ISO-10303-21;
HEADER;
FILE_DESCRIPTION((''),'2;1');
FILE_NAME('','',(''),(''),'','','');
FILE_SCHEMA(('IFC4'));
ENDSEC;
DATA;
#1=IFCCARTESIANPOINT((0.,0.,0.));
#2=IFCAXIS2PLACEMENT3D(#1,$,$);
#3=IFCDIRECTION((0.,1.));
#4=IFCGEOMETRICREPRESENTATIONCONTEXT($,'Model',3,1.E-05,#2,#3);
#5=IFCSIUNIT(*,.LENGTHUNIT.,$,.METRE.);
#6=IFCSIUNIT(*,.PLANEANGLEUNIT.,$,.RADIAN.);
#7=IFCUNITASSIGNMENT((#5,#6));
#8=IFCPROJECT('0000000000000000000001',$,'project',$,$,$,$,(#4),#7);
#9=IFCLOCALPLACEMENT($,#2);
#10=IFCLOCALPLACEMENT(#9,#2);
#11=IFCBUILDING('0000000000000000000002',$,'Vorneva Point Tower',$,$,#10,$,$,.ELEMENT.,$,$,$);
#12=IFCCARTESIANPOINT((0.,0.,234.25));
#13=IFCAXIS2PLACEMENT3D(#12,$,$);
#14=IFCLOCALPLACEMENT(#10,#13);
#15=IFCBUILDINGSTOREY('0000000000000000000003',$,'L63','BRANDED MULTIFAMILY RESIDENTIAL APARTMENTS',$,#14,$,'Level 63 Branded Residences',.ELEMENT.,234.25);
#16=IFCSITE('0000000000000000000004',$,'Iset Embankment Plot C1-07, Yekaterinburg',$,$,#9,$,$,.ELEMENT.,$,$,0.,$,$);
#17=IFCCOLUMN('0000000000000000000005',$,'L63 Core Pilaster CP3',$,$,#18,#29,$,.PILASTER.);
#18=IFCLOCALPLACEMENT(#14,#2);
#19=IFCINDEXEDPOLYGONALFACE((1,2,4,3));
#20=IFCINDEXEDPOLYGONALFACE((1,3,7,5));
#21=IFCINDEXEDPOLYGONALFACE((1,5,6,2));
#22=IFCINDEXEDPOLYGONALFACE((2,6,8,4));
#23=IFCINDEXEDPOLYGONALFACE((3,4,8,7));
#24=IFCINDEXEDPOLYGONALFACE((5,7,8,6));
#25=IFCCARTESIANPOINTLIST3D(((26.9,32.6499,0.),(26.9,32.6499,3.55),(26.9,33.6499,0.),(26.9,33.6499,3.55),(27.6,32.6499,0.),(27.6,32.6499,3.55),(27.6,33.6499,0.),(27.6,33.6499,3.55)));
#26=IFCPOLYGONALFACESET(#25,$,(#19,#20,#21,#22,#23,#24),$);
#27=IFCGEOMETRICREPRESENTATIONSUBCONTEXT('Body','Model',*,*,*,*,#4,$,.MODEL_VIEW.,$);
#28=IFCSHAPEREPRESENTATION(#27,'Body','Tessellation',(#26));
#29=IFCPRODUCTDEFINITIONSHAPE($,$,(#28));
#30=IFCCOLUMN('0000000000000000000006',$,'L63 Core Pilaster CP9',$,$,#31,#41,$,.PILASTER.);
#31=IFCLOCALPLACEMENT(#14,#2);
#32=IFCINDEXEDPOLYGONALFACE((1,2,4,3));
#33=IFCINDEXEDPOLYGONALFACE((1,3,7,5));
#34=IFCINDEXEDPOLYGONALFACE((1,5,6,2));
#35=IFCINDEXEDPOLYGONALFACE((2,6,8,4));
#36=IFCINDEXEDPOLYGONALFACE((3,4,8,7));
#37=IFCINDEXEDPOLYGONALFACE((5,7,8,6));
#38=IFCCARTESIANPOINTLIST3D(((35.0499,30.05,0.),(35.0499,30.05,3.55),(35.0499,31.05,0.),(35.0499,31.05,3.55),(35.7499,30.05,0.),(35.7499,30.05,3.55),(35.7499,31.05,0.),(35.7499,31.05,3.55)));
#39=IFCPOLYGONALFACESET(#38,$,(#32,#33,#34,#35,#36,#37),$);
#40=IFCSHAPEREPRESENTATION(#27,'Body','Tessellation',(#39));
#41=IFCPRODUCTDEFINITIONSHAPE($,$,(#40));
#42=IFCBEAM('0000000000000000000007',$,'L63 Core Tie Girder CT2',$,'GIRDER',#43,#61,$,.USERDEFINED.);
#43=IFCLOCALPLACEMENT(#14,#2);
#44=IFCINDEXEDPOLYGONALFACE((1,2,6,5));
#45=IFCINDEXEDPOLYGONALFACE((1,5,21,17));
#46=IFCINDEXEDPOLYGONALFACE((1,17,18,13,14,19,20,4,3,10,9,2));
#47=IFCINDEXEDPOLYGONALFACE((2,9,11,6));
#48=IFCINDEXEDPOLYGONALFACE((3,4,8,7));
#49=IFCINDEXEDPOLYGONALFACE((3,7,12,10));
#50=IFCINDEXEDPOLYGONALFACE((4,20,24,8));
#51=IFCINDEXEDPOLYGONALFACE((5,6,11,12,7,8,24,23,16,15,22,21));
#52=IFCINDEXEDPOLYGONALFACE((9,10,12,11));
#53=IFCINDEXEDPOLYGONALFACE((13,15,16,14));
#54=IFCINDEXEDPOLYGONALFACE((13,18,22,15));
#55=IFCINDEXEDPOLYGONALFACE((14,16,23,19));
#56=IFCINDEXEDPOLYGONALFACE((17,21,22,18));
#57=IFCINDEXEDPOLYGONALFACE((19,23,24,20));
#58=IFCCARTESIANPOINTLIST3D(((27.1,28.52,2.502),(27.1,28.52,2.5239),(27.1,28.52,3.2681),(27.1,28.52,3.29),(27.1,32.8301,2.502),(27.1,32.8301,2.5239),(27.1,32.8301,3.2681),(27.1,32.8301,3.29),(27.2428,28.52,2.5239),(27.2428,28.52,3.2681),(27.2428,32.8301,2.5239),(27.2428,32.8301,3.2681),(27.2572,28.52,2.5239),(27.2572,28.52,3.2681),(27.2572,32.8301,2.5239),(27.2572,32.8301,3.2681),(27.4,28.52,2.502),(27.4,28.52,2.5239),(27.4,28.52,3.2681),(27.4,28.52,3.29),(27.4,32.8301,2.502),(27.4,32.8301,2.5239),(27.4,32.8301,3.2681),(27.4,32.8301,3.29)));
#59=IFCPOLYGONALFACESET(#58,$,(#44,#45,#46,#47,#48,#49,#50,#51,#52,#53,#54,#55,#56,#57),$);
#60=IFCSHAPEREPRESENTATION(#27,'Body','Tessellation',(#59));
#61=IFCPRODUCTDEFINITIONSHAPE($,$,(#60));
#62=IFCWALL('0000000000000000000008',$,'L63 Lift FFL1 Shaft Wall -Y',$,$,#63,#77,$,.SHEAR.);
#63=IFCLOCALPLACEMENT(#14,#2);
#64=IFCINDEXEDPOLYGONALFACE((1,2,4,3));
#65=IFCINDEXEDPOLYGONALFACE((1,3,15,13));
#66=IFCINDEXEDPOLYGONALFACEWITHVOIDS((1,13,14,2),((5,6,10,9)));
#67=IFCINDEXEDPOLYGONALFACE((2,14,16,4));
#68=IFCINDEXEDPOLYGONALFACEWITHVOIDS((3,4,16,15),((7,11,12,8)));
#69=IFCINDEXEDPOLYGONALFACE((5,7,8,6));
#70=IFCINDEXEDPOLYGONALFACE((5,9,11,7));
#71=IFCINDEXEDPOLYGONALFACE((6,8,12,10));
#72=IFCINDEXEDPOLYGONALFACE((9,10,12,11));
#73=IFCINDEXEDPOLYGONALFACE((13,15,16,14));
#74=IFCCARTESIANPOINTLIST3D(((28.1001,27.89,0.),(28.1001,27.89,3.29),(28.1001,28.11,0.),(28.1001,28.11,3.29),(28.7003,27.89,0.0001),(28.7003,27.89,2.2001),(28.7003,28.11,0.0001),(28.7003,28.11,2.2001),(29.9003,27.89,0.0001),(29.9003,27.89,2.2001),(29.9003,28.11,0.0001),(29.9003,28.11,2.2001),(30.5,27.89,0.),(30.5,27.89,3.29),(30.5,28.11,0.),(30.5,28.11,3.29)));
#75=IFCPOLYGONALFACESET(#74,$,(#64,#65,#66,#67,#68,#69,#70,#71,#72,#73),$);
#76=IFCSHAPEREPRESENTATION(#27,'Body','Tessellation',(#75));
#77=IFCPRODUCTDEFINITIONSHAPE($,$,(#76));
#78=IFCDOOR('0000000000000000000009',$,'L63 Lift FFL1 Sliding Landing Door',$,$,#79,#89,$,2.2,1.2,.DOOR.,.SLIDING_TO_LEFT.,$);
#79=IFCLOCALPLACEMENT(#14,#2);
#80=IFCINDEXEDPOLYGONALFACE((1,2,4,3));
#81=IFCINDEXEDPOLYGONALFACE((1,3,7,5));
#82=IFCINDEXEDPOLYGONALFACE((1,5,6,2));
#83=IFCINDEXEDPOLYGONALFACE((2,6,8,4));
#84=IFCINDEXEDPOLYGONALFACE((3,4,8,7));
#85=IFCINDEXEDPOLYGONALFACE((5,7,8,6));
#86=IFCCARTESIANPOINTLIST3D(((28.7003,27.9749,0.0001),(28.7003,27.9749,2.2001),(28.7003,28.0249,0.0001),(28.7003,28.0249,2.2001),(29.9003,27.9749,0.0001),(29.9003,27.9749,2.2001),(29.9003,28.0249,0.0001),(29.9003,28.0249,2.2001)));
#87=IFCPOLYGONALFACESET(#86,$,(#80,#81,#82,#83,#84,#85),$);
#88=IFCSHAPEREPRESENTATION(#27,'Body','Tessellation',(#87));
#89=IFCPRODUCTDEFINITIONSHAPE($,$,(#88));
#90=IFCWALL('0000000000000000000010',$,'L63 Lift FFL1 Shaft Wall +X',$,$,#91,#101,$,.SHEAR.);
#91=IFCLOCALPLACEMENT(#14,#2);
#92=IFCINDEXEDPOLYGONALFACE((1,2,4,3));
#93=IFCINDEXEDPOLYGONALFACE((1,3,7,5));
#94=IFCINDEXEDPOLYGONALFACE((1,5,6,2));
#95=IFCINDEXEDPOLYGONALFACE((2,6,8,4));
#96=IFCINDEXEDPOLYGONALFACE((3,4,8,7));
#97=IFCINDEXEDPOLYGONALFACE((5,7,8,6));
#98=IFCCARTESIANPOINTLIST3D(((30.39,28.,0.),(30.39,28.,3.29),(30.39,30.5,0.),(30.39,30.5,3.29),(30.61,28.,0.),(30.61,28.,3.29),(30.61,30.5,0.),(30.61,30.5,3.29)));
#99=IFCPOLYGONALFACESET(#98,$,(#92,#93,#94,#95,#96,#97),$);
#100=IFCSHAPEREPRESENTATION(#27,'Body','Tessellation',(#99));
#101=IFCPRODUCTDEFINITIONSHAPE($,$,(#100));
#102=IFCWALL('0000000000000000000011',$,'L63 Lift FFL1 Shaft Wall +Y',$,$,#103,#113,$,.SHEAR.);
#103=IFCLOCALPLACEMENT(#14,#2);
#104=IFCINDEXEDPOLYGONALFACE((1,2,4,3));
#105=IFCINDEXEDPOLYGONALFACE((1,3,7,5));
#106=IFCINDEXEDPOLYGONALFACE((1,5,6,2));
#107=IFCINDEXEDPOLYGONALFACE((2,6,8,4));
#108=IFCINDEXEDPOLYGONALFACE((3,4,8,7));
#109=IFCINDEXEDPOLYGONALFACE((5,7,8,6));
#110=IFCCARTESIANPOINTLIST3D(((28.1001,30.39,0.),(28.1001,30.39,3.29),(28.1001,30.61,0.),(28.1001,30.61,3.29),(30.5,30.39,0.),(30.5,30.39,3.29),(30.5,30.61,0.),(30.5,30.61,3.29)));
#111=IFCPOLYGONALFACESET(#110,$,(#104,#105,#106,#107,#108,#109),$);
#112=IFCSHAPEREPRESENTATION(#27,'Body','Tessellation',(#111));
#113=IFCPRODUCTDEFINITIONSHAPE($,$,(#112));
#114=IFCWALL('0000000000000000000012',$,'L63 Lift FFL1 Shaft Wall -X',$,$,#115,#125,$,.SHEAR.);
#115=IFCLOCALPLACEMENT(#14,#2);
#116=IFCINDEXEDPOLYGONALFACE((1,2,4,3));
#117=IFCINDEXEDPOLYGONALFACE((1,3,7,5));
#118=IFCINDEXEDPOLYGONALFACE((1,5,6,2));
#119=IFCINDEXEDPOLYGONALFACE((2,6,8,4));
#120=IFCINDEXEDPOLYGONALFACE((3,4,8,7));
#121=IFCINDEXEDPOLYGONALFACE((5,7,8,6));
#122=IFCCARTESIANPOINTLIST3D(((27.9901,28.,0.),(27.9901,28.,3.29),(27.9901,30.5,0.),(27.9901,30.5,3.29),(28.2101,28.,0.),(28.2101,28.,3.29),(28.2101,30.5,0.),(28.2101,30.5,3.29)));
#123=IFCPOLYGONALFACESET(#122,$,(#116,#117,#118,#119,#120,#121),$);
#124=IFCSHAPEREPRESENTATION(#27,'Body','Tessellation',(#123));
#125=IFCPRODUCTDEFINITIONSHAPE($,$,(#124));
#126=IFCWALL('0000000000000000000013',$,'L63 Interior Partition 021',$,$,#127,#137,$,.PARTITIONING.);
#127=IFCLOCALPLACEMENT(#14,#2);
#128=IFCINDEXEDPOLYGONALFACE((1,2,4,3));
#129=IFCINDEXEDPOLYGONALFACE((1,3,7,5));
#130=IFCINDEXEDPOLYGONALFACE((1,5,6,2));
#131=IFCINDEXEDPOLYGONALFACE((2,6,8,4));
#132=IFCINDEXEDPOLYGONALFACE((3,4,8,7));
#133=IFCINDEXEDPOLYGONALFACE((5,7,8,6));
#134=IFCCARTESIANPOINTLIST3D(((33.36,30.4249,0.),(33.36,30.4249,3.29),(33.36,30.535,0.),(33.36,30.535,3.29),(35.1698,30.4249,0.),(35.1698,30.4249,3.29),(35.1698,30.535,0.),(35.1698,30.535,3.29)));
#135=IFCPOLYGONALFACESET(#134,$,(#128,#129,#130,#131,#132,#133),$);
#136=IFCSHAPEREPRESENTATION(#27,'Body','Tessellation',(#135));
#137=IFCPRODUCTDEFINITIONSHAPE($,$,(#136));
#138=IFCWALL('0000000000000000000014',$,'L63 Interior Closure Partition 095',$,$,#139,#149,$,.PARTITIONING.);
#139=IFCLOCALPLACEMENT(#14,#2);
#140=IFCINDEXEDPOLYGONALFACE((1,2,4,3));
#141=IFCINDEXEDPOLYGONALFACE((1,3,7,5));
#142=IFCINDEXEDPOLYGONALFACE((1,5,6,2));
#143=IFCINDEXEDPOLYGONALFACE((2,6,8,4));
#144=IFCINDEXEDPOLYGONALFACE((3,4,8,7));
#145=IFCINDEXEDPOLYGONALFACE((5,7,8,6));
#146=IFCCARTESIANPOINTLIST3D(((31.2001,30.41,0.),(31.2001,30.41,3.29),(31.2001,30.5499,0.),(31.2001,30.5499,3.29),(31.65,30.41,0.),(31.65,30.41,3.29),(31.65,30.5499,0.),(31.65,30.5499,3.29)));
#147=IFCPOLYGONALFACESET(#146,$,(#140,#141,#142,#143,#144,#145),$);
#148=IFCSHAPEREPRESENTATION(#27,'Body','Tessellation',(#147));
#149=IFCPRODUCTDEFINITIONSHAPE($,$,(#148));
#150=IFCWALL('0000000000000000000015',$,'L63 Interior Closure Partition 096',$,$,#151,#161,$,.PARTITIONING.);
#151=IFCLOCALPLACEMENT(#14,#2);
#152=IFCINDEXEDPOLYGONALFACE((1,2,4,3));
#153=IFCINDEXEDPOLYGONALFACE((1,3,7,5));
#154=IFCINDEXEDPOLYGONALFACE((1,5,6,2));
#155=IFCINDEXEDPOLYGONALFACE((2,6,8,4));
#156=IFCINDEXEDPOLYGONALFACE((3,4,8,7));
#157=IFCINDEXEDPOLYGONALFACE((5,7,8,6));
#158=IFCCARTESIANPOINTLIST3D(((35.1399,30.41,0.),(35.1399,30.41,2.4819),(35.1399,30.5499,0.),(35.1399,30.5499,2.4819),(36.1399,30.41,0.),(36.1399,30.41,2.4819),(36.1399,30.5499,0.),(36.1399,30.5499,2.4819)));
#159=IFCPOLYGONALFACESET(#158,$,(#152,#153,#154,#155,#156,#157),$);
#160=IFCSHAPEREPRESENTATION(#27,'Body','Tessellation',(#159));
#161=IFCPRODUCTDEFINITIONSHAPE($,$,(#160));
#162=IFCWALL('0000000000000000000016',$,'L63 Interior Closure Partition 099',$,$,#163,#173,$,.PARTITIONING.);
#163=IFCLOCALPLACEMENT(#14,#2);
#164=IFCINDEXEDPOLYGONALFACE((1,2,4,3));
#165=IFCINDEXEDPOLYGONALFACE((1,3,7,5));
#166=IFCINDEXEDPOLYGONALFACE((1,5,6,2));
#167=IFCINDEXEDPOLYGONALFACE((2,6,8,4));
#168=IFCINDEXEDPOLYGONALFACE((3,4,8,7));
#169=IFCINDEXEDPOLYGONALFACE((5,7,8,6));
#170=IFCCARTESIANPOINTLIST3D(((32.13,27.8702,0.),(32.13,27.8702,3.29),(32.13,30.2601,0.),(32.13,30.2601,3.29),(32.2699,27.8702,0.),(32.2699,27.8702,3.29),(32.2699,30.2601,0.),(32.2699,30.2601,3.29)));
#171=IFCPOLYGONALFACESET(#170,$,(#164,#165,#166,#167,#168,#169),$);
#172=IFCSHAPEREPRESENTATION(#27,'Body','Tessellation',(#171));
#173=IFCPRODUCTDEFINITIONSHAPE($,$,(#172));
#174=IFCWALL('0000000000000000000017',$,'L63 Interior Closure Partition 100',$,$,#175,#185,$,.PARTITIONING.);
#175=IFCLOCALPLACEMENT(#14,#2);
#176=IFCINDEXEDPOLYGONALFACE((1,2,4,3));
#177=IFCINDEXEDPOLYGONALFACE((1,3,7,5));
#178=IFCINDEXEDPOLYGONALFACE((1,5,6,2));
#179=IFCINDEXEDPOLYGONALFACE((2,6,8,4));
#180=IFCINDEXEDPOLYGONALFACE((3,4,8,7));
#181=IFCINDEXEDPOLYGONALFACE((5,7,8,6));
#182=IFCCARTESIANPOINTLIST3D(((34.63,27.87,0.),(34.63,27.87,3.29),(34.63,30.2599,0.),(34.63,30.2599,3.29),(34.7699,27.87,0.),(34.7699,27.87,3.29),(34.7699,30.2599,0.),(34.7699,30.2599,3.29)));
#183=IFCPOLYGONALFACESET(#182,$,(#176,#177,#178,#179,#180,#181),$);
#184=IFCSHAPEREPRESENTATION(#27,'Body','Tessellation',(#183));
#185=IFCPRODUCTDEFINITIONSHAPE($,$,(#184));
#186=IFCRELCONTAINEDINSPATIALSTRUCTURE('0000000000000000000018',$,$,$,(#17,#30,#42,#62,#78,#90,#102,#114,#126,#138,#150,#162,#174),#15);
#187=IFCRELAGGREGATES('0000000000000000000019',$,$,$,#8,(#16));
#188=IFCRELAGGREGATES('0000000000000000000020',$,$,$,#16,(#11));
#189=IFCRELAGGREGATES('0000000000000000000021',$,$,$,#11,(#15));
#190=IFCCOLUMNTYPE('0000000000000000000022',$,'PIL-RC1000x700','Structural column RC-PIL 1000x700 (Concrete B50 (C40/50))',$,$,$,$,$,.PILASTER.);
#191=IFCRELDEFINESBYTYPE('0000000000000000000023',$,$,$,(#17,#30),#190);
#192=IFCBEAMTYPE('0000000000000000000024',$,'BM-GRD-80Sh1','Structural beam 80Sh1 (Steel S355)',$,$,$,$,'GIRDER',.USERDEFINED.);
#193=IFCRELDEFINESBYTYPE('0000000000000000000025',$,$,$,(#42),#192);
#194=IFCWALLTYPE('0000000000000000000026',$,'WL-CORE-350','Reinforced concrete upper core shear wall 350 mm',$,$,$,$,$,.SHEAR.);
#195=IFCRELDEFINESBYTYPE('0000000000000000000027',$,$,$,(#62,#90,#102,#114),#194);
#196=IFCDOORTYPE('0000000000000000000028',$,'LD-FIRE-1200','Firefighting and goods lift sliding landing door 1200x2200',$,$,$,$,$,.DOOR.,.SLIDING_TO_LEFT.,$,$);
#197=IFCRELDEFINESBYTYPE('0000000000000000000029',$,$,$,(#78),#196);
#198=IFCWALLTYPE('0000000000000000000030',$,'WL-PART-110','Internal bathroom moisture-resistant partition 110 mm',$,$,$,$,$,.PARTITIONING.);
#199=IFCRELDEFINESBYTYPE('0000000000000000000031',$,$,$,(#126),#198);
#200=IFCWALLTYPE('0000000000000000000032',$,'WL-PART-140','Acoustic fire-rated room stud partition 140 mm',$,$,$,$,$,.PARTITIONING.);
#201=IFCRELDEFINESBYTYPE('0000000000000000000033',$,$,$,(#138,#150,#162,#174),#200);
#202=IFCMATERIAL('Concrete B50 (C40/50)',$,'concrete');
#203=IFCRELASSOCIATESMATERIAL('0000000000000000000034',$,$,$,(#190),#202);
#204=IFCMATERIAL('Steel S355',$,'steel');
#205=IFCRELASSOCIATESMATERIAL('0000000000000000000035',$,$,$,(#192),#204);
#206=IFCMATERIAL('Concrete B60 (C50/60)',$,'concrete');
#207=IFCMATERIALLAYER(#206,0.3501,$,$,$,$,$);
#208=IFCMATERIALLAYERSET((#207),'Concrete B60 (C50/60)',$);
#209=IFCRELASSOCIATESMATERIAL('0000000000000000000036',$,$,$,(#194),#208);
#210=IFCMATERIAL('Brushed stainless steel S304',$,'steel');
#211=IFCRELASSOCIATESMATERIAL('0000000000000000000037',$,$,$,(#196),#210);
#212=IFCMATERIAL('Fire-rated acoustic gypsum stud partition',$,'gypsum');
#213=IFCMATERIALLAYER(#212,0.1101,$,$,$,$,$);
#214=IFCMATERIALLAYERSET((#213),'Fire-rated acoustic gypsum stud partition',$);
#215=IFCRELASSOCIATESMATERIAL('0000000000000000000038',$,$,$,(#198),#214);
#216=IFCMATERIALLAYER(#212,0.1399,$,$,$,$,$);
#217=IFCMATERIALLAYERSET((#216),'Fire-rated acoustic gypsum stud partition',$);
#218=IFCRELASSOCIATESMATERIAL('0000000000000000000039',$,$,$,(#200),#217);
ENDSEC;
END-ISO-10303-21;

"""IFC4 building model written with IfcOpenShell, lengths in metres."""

from ifc_helpers import new_model, si_unit, direction, frame, frame_2d, origin, origin_2d, place, context, subcontext, project, spatial, rectangle, i_section, extrude, material, layer, layer_set, material_profile, profile_set, type_object, element, fill, save


model = new_model("IFC4")

# Units and contexts
model_context = context("Model", 3, precision=1e-05, world=origin(), true_north=direction((0.0, 1.0)))
body_context = subcontext(model_context, "Body", "Model", "MODEL_VIEW")
ifc_project = project(units=[si_unit("LENGTHUNIT", "METRE"), si_unit("PLANEANGLEUNIT", "RADIAN")], contexts=[model_context])

# Site, building, storey
site_placement = place(None, origin())
site = spatial("IfcSite", under=ifc_project, at=site_placement, Name="Iset Embankment Plot C1-07, Yekaterinburg", CompositionType="ELEMENT", RefElevation=0.0)
building_placement = place(site_placement, origin())
building = spatial("IfcBuilding", under=site, at=building_placement, Name="Vorneva Point Tower", CompositionType="ELEMENT")
storey_placement = place(building_placement, frame((0.0, 0.0, 234.25)))
storey = spatial("IfcBuildingStorey", under=building, at=storey_placement, Name="L63", Description="BRANDED MULTIFAMILY RESIDENTIAL APARTMENTS", LongName="Level 63 Branded Residences", CompositionType="ELEMENT", Elevation=234.25)

# Columns
ifc_material_1 = material(Name="Concrete B50 (C40/50)", Category="concrete")
ifc_material_profile_1 = material_profile(ifc_material_1, rectangle(XDim=0.7, YDim=1.0, at=origin_2d()), Name="RC-PIL 1000x700")
ifc_profile_set_1 = profile_set([ifc_material_profile_1], Name="Concrete B50 (C40/50)")
column_type = type_object("IfcColumnType", Name="PIL-RC1000x700", Description="Structural column RC-PIL 1000x700 (Concrete B50 (C40/50))", PredefinedType="PILASTER", material=ifc_profile_set_1)
for number, where, z_axis, x_axis, name in (
    (1, (27.25, 33.1499, 0.0), (0.0, 0.0, 1.0), (1.0, 0.0, 0.0), "L63 Core Pilaster CP3"),
    (2, (35.3999, 30.55, 0.0), (0.0, 0.0, 1.0), (1.0, 0.0, 0.0), "L63 Core Pilaster CP9"),
):
    element("IfcColumn", number, at=place(storey_placement, frame(where, z_axis=z_axis, x_axis=x_axis)), inside=storey, type_object=column_type, Name=name, PredefinedType="PILASTER", context=body_context, shape_type="SweptSolid", body=[
        extrude(rectangle(XDim=0.7, YDim=1.0, at=origin_2d()), origin(), (0.0, 0.0, 1.0), 3.55),
    ])

# Beam
ifc_material_2 = material(Name="Steel S355", Category="steel")
ifc_material_profile_2 = material_profile(ifc_material_2, i_section(OverallWidth=0.3, OverallDepth=0.7881, WebThickness=0.0144, FlangeThickness=0.022, at=origin_2d()), Name="80Sh1")
ifc_profile_set_2 = profile_set([ifc_material_profile_2], Name="Steel S355")
beam_type = type_object("IfcBeamType", Name="BM-GRD-80Sh1", Description="Structural beam 80Sh1 (Steel S355)", ElementType="GIRDER", PredefinedType="USERDEFINED", material=ifc_profile_set_2)
beam_placement = place(storey_placement, frame((27.25, 28.52, 2.896), z_axis=(0.0, 1.0, 0.0), x_axis=(-1.0, 0.0, 0.0)))
element("IfcBeam", 3, at=beam_placement, inside=storey, type_object=beam_type, Name="L63 Core Tie Girder CT2", ObjectType="GIRDER", PredefinedType="USERDEFINED", context=body_context, shape_type="SweptSolid", body=[
    extrude(i_section(OverallWidth=0.3, OverallDepth=0.7881, WebThickness=0.0144, FlangeThickness=0.022, at=origin_2d()), origin(), (0.0, 0.0, 1.0), 4.3101),
])

# Wall, opening, door
ifc_material_3 = material(Name="Concrete B60 (C50/60)", Category="concrete")
ifc_layer_1 = layer(ifc_material_3, 0.3501)
ifc_layer_set_1 = layer_set([ifc_layer_1], Name="Concrete B60 (C50/60)")
wall_type_1 = type_object("IfcWallType", Name="WL-CORE-350", Description="Reinforced concrete upper core shear wall 350 mm", PredefinedType="SHEAR", material=ifc_layer_set_1)
wall_1_placement = place(storey_placement, frame((28.1001, 28.0, 0.0), z_axis=(0.0, 0.0, 1.0), x_axis=(1.0, 0.0, 0.0)))
wall_1 = element("IfcWall", 4, at=wall_1_placement, inside=storey, type_object=wall_type_1, Name="L63 Lift FFL1 Shaft Wall -Y", PredefinedType="SHEAR", context=body_context, shape_type="SweptSolid", body=[
    extrude(rectangle(XDim=2.3999, YDim=0.22, at=frame_2d((1.2, 0.0))), origin(), (0.0, 0.0, 1.0), 3.29),
])
opening_1_placement = place(wall_1_placement, frame((0.6001, 0.0, 0.0)))
opening_1 = element("IfcOpeningElement", 5, at=opening_1_placement, cuts=wall_1, PredefinedType="OPENING", context=body_context, shape_type="SweptSolid", body=[
    extrude(rectangle(XDim=1.2, YDim=2.2, at=frame_2d((0.6001, 1.1001))), frame((0.0, 0.125, 0.0), z_axis=(0.0, -1.0, 0.0), x_axis=(1.0, 0.0, 0.0)), (0.0, 0.0, 1.0), 0.2498),
])
ifc_material_4 = material(Name="Brushed stainless steel S304", Category="steel")
door_type_1 = type_object("IfcDoorType", Name="LD-FIRE-1200", Description="Firefighting and goods lift sliding landing door 1200x2200", OperationType="SLIDING_TO_LEFT", PredefinedType="DOOR", material=ifc_material_4)
door_1_placement = place(opening_1_placement, origin())
door_1 = element("IfcDoor", 6, at=door_1_placement, inside=storey, type_object=door_type_1, Name="L63 Lift FFL1 Sliding Landing Door", OperationType="SLIDING_TO_LEFT", OverallHeight=2.2, OverallWidth=1.2, PredefinedType="DOOR", context=body_context, shape_type="SweptSolid", body=[
    extrude(rectangle(XDim=1.2, YDim=2.2, at=frame_2d((0.6001, 1.1001))), frame((0.0, 0.0249, 0.0), z_axis=(0.0, -1.0, 0.0), x_axis=(1.0, 0.0, 0.0)), (0.0, 0.0, 1.0), 0.05),
])
fill(opening_1, door_1)

# Walls
wall_2_placement = place(storey_placement, frame((30.5, 28.0, 0.0), z_axis=(0.0, 0.0, 1.0), x_axis=(0.0, 1.0, 0.0)))
element("IfcWall", 7, at=wall_2_placement, inside=storey, type_object=wall_type_1, Name="L63 Lift FFL1 Shaft Wall +X", PredefinedType="SHEAR", context=body_context, shape_type="SweptSolid", body=[
    extrude(rectangle(XDim=2.5, YDim=0.22, at=frame_2d((1.25, 0.0))), origin(), (0.0, 0.0, 1.0), 3.29),
])
wall_3_placement = place(storey_placement, frame((30.5, 30.5, 0.0), z_axis=(0.0, 0.0, 1.0), x_axis=(-1.0, 0.0, 0.0)))
element("IfcWall", 8, at=wall_3_placement, inside=storey, type_object=wall_type_1, Name="L63 Lift FFL1 Shaft Wall +Y", PredefinedType="SHEAR", context=body_context, shape_type="SweptSolid", body=[
    extrude(rectangle(XDim=2.3999, YDim=0.22, at=frame_2d((1.2, 0.0))), origin(), (0.0, 0.0, 1.0), 3.29),
])
wall_4_placement = place(storey_placement, frame((28.1001, 30.5, 0.0), z_axis=(0.0, 0.0, 1.0), x_axis=(0.0, -1.0, 0.0)))
element("IfcWall", 9, at=wall_4_placement, inside=storey, type_object=wall_type_1, Name="L63 Lift FFL1 Shaft Wall -X", PredefinedType="SHEAR", context=body_context, shape_type="SweptSolid", body=[
    extrude(rectangle(XDim=2.5, YDim=0.22, at=frame_2d((1.25, 0.0))), origin(), (0.0, 0.0, 1.0), 3.29),
])
ifc_material_5 = material(Name="Fire-rated acoustic gypsum stud partition", Category="gypsum")
ifc_layer_2 = layer(ifc_material_5, 0.1101)
ifc_layer_set_2 = layer_set([ifc_layer_2], Name="Fire-rated acoustic gypsum stud partition")
wall_type_2 = type_object("IfcWallType", Name="WL-PART-110", Description="Internal bathroom moisture-resistant partition 110 mm", PredefinedType="PARTITIONING", material=ifc_layer_set_2)
wall_5_placement = place(storey_placement, frame((33.3601, 30.48, 0.0), z_axis=(0.0, 0.0, 1.0), x_axis=(1.0, 0.0, 0.0)))
element("IfcWall", 10, at=wall_5_placement, inside=storey, type_object=wall_type_2, Name="L63 Interior Partition 021", PredefinedType="PARTITIONING", context=body_context, shape_type="SweptSolid", body=[
    extrude(rectangle(XDim=1.8098, YDim=0.1101, at=frame_2d((0.9048, 0.0))), origin(), (0.0, 0.0, 1.0), 3.29),
])
ifc_layer_3 = layer(ifc_material_5, 0.1399)
ifc_layer_set_3 = layer_set([ifc_layer_3], Name="Fire-rated acoustic gypsum stud partition")
wall_type_3 = type_object("IfcWallType", Name="WL-PART-140", Description="Acoustic fire-rated room stud partition 140 mm", PredefinedType="PARTITIONING", material=ifc_layer_set_3)
wall_6_placement = place(storey_placement, frame((31.2, 30.48, 0.0), z_axis=(0.0, 0.0, 1.0), x_axis=(1.0, 0.0, 0.0)))
element("IfcWall", 11, at=wall_6_placement, inside=storey, type_object=wall_type_3, Name="L63 Interior Closure Partition 095", PredefinedType="PARTITIONING", context=body_context, shape_type="SweptSolid", body=[
    extrude(rectangle(XDim=0.45, YDim=0.1399, at=frame_2d((0.2251, 0.0))), origin(), (0.0, 0.0, 1.0), 3.29),
])
wall_7_placement = place(storey_placement, frame((35.1399, 30.48, 0.0), z_axis=(0.0, 0.0, 1.0), x_axis=(1.0, 0.0, 0.0)))
element("IfcWall", 12, at=wall_7_placement, inside=storey, type_object=wall_type_3, Name="L63 Interior Closure Partition 096", PredefinedType="PARTITIONING", context=body_context, shape_type="SweptSolid", body=[
    extrude(rectangle(XDim=1.0, YDim=0.1399, at=frame_2d((0.5, 0.0))), origin(), (0.0, 0.0, 1.0), 2.4819),
])
for number, where, z_axis, x_axis, name in (
    (13, (32.2, 30.26, 0.0), (0.0, 0.0, 1.0), (0.0, -1.0, 0.0), "L63 Interior Closure Partition 099"),
    (14, (34.7, 27.8701, 0.0), (0.0, 0.0, 1.0), (0.0, 1.0, 0.0), "L63 Interior Closure Partition 100"),
):
    element("IfcWall", number, at=place(storey_placement, frame(where, z_axis=z_axis, x_axis=x_axis)), inside=storey, type_object=wall_type_3, Name=name, PredefinedType="PARTITIONING", context=body_context, shape_type="SweptSolid", body=[
        extrude(rectangle(XDim=2.3899, YDim=0.1399, at=frame_2d((1.1948, 0.0))), origin(), (0.0, 0.0, 1.0), 3.29),
    ])

save(model, "model.ifc")
